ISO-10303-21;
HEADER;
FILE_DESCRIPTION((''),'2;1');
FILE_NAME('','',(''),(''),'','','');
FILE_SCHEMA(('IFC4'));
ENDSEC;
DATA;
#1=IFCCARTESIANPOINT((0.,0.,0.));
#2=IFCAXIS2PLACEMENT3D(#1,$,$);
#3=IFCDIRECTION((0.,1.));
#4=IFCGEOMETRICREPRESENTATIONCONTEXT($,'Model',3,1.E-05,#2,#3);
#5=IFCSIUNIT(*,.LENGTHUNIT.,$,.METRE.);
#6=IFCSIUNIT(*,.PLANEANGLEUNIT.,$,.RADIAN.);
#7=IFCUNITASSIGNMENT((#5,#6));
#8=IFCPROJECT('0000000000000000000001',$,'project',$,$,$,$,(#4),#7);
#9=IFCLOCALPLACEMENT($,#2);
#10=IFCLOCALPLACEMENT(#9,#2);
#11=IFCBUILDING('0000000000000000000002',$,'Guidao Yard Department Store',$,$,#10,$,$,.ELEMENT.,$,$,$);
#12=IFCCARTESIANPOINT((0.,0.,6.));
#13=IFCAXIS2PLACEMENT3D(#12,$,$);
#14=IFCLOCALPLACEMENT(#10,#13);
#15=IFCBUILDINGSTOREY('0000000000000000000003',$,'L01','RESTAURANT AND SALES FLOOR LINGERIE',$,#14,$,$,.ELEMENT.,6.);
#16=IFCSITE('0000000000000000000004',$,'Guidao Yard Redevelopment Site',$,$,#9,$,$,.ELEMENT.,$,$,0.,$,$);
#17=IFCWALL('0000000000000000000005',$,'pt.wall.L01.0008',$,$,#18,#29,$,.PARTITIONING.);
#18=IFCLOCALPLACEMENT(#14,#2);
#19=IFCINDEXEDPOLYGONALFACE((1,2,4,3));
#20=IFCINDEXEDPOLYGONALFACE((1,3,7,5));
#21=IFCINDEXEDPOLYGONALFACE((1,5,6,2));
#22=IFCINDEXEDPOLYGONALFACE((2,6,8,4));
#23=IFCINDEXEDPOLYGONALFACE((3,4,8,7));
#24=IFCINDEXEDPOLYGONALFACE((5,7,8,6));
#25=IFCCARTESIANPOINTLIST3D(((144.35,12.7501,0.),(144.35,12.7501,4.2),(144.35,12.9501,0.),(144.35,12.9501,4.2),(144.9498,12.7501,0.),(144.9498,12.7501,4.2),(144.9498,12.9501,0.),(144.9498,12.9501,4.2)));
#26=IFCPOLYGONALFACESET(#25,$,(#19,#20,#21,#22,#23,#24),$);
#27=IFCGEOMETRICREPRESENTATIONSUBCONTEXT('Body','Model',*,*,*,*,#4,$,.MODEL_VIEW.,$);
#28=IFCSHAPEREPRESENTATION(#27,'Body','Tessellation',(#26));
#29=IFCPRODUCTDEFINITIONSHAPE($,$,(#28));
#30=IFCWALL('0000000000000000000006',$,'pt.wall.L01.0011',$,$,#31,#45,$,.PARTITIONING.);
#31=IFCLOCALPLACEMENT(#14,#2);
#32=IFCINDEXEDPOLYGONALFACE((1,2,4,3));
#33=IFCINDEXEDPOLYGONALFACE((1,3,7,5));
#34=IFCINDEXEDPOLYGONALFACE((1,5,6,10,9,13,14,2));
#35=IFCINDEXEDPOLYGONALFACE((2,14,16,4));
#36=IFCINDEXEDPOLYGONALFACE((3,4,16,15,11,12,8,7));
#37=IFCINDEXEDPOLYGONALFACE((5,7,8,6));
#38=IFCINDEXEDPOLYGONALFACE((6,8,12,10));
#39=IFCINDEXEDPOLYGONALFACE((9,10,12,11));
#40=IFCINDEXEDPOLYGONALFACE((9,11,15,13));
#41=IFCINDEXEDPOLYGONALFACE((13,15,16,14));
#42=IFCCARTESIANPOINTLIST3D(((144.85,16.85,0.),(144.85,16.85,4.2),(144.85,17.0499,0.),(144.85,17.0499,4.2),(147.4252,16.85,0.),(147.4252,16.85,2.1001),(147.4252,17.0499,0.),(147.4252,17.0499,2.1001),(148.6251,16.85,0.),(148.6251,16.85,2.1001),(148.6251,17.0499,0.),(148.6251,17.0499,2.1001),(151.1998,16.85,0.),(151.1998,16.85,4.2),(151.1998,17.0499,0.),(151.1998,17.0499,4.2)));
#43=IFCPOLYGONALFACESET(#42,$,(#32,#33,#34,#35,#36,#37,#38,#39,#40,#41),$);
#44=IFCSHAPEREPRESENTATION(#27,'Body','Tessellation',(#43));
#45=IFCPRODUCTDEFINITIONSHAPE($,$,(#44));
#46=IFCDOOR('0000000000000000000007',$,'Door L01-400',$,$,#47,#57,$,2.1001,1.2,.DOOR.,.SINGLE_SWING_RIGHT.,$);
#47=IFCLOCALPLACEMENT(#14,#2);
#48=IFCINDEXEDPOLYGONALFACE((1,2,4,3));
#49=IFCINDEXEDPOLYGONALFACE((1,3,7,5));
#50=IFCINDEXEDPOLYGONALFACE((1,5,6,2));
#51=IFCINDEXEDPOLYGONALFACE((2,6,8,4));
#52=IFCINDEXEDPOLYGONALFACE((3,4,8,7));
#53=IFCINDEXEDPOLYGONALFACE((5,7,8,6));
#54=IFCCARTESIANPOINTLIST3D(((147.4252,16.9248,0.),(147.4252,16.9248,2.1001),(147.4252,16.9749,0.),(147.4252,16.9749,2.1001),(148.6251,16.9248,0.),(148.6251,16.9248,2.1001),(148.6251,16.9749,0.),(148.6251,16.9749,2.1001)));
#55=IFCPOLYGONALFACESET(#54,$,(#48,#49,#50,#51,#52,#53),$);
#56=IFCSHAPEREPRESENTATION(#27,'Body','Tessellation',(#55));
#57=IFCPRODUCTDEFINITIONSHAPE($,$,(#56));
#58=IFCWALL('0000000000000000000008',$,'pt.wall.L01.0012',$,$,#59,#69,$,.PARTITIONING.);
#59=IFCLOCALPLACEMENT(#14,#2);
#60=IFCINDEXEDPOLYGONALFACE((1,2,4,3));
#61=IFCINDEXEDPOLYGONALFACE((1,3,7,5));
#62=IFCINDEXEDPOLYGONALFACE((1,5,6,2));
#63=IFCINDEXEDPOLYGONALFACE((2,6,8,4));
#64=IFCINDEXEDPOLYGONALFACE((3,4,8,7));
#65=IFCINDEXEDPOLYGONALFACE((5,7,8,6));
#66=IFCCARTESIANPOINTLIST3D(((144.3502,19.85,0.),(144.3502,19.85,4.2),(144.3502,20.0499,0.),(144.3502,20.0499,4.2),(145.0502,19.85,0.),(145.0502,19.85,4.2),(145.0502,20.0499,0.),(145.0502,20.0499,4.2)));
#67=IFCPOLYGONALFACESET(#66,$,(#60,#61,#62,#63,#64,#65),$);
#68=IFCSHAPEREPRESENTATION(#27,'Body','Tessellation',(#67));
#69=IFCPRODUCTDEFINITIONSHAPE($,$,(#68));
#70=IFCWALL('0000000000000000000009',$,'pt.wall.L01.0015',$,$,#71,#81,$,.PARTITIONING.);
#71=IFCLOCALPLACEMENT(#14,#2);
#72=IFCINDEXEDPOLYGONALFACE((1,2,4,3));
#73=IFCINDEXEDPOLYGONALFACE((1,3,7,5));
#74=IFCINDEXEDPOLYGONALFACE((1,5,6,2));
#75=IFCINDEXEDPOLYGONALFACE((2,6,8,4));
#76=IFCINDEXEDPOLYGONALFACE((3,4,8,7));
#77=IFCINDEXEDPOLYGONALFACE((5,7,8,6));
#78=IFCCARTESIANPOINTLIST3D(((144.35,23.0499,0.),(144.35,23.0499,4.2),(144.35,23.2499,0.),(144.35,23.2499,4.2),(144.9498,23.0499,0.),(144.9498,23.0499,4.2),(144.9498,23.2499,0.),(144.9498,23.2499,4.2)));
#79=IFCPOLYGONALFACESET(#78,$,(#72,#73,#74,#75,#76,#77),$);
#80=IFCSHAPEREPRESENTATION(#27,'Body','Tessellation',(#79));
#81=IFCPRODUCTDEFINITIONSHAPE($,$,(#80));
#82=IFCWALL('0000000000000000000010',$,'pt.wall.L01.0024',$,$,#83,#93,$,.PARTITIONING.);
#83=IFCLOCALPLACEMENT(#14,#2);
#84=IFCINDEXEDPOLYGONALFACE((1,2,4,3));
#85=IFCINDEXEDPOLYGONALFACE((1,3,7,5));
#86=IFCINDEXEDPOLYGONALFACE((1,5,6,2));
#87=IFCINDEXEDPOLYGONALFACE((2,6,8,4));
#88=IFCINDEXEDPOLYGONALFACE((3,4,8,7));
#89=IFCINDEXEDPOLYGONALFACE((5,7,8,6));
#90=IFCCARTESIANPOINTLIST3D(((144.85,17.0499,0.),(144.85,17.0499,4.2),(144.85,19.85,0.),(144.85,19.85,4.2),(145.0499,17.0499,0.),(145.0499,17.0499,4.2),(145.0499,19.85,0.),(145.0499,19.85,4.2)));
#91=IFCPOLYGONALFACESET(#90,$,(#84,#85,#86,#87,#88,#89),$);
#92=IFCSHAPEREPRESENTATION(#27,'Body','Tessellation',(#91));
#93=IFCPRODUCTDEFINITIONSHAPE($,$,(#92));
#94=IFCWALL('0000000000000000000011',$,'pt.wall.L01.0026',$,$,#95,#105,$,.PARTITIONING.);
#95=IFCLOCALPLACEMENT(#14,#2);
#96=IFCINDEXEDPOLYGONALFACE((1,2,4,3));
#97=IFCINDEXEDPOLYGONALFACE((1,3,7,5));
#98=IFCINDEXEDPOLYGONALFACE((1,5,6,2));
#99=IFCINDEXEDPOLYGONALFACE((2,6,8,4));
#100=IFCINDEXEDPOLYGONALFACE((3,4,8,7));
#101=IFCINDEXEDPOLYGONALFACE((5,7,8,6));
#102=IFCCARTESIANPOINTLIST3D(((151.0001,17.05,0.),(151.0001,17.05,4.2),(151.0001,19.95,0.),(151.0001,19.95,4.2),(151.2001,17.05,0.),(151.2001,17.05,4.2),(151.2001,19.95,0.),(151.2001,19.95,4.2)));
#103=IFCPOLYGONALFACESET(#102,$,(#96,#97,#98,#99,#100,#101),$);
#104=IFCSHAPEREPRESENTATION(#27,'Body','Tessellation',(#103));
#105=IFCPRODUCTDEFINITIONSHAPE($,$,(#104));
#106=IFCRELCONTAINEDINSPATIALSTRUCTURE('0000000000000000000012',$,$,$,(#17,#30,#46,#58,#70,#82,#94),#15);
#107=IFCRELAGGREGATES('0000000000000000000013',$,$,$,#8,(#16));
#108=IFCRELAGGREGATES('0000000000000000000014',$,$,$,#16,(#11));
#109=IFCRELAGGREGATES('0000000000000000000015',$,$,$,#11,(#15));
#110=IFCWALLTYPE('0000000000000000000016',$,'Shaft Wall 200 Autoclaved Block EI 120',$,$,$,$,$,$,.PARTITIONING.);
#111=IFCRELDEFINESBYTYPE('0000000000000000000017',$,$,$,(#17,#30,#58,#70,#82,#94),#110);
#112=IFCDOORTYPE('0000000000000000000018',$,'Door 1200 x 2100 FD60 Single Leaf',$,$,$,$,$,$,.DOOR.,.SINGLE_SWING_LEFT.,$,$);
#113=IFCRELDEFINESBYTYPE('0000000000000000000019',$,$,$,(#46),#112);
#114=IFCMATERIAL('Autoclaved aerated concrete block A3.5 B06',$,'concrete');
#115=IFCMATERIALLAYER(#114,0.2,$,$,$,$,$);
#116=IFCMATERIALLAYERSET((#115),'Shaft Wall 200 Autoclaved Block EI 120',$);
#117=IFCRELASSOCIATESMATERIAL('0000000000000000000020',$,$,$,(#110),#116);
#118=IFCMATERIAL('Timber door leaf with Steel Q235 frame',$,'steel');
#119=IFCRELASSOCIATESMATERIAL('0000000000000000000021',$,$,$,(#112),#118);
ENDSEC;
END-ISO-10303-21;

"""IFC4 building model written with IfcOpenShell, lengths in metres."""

from ifc_helpers import new_model, si_unit, direction, frame, frame_2d, origin, place, context, subcontext, project, spatial, rectangle, extrude, material, layer, layer_set, type_object, element, fill, save


model = new_model("IFC4")

# Units and contexts
model_context = context("Model", 3, precision=1e-05, world=origin(), true_north=direction((0.0, 1.0)))
body_context = subcontext(model_context, "Body", "Model", "MODEL_VIEW")
ifc_project = project(units=[si_unit("LENGTHUNIT", "METRE"), si_unit("PLANEANGLEUNIT", "RADIAN")], contexts=[model_context])

# Site, building, storey
site_placement = place(None, origin())
site = spatial("IfcSite", under=ifc_project, at=site_placement, Name="Guidao Yard Redevelopment Site", CompositionType="ELEMENT", RefElevation=0.0)
building_placement = place(site_placement, origin())
building = spatial("IfcBuilding", under=site, at=building_placement, Name="Guidao Yard Department Store", CompositionType="ELEMENT")
storey_placement = place(building_placement, frame((0.0, 0.0, 6.0)))
storey = spatial("IfcBuildingStorey", under=building, at=storey_placement, Name="L01", Description="RESTAURANT AND SALES FLOOR LINGERIE", CompositionType="ELEMENT", Elevation=6.0)

# Wall
ifc_material_1 = material(Name="Autoclaved aerated concrete block A3.5 B06", Category="concrete")
ifc_layer_1 = layer(ifc_material_1, 0.2)
ifc_layer_set_1 = layer_set([ifc_layer_1], Name="Shaft Wall 200 Autoclaved Block EI 120")
wall_type_1 = type_object("IfcWallType", Name="Shaft Wall 200 Autoclaved Block EI 120", PredefinedType="PARTITIONING", material=ifc_layer_set_1)
wall_1_placement = place(storey_placement, frame((144.3501, 12.8501, 0.0), z_axis=(0.0, 0.0, 1.0), x_axis=(1.0, 0.0, 0.0)))
element("IfcWall", 1, at=wall_1_placement, inside=storey, type_object=wall_type_1, Name="pt.wall.L01.0008", PredefinedType="PARTITIONING", context=body_context, shape_type="SweptSolid", body=[
    extrude(rectangle(XDim=0.5999, YDim=0.2, at=frame_2d((0.2998, 0.0))), origin(), (0.0, 0.0, 1.0), 4.2),
])

# Wall, opening, door
wall_2_placement = place(storey_placement, frame((144.8501, 16.95, 0.0), z_axis=(0.0, 0.0, 1.0), x_axis=(1.0, 0.0, 0.0)))
wall_2 = element("IfcWall", 2, at=wall_2_placement, inside=storey, type_object=wall_type_1, Name="pt.wall.L01.0011", PredefinedType="PARTITIONING", context=body_context, shape_type="SweptSolid", body=[
    extrude(rectangle(XDim=6.3499, YDim=0.2, at=frame_2d((3.1748, 0.0))), origin(), (0.0, 0.0, 1.0), 4.2),
])
opening_1_placement = place(wall_2_placement, frame((2.575, 0.0, 0.0)))
opening_1 = element("IfcOpeningElement", 3, at=opening_1_placement, cuts=wall_2, PredefinedType="OPENING", context=body_context, shape_type="SweptSolid", body=[
    extrude(rectangle(XDim=1.2, YDim=2.1001, at=frame_2d((0.6001, 1.05))), frame((0.0, 0.1099, 0.0), z_axis=(0.0, -1.0, 0.0), x_axis=(1.0, 0.0, 0.0)), (0.0, 0.0, 1.0), 0.22),
])
ifc_material_2 = material(Name="Timber door leaf with Steel Q235 frame", Category="steel")
door_type_1 = type_object("IfcDoorType", Name="Door 1200 x 2100 FD60 Single Leaf", OperationType="SINGLE_SWING_LEFT", PredefinedType="DOOR", material=ifc_material_2)
door_1_placement = place(opening_1_placement, origin())
door_1 = element("IfcDoor", 4, at=door_1_placement, inside=storey, type_object=door_type_1, Name="Door L01-400", OperationType="SINGLE_SWING_RIGHT", OverallHeight=2.1001, OverallWidth=1.2, PredefinedType="DOOR", context=body_context, shape_type="SweptSolid", body=[
    extrude(rectangle(XDim=1.2, YDim=2.1001, at=frame_2d((0.6001, 1.05))), frame((0.0, 0.0249, 0.0), z_axis=(0.0, -1.0, 0.0), x_axis=(1.0, 0.0, 0.0)), (0.0, 0.0, 1.0), 0.05),
])
fill(opening_1, door_1)

# Walls
wall_3_placement = place(storey_placement, frame((144.3501, 19.95, 0.0), z_axis=(0.0, 0.0, 1.0), x_axis=(1.0, 0.0, 0.0)))
element("IfcWall", 5, at=wall_3_placement, inside=storey, type_object=wall_type_1, Name="pt.wall.L01.0012", PredefinedType="PARTITIONING", context=body_context, shape_type="SweptSolid", body=[
    extrude(rectangle(XDim=0.7, YDim=0.2, at=frame_2d((0.3501, 0.0))), origin(), (0.0, 0.0, 1.0), 4.2),
])
wall_4_placement = place(storey_placement, frame((144.3501, 23.1499, 0.0), z_axis=(0.0, 0.0, 1.0), x_axis=(1.0, 0.0, 0.0)))
element("IfcWall", 6, at=wall_4_placement, inside=storey, type_object=wall_type_1, Name="pt.wall.L01.0015", PredefinedType="PARTITIONING", context=body_context, shape_type="SweptSolid", body=[
    extrude(rectangle(XDim=0.5999, YDim=0.2, at=frame_2d((0.2998, 0.0))), origin(), (0.0, 0.0, 1.0), 4.2),
])
wall_5_placement = place(storey_placement, frame((144.95, 17.05, 0.0), z_axis=(0.0, 0.0, 1.0), x_axis=(0.0, 1.0, 0.0)))
element("IfcWall", 7, at=wall_5_placement, inside=storey, type_object=wall_type_1, Name="pt.wall.L01.0024", PredefinedType="PARTITIONING", context=body_context, shape_type="SweptSolid", body=[
    extrude(rectangle(XDim=2.8, YDim=0.2, at=frame_2d((1.3999, 0.0))), origin(), (0.0, 0.0, 1.0), 4.2),
])
wall_6_placement = place(storey_placement, frame((151.1001, 17.05, 0.0), z_axis=(0.0, 0.0, 1.0), x_axis=(0.0, 1.0, 0.0)))
element("IfcWall", 8, at=wall_6_placement, inside=storey, type_object=wall_type_1, Name="pt.wall.L01.0026", PredefinedType="PARTITIONING", context=body_context, shape_type="SweptSolid", body=[
    extrude(rectangle(XDim=2.8999, YDim=0.2, at=frame_2d((1.45, 0.0))), origin(), (0.0, 0.0, 1.0), 4.2),
])

save(model, "model.ifc")
